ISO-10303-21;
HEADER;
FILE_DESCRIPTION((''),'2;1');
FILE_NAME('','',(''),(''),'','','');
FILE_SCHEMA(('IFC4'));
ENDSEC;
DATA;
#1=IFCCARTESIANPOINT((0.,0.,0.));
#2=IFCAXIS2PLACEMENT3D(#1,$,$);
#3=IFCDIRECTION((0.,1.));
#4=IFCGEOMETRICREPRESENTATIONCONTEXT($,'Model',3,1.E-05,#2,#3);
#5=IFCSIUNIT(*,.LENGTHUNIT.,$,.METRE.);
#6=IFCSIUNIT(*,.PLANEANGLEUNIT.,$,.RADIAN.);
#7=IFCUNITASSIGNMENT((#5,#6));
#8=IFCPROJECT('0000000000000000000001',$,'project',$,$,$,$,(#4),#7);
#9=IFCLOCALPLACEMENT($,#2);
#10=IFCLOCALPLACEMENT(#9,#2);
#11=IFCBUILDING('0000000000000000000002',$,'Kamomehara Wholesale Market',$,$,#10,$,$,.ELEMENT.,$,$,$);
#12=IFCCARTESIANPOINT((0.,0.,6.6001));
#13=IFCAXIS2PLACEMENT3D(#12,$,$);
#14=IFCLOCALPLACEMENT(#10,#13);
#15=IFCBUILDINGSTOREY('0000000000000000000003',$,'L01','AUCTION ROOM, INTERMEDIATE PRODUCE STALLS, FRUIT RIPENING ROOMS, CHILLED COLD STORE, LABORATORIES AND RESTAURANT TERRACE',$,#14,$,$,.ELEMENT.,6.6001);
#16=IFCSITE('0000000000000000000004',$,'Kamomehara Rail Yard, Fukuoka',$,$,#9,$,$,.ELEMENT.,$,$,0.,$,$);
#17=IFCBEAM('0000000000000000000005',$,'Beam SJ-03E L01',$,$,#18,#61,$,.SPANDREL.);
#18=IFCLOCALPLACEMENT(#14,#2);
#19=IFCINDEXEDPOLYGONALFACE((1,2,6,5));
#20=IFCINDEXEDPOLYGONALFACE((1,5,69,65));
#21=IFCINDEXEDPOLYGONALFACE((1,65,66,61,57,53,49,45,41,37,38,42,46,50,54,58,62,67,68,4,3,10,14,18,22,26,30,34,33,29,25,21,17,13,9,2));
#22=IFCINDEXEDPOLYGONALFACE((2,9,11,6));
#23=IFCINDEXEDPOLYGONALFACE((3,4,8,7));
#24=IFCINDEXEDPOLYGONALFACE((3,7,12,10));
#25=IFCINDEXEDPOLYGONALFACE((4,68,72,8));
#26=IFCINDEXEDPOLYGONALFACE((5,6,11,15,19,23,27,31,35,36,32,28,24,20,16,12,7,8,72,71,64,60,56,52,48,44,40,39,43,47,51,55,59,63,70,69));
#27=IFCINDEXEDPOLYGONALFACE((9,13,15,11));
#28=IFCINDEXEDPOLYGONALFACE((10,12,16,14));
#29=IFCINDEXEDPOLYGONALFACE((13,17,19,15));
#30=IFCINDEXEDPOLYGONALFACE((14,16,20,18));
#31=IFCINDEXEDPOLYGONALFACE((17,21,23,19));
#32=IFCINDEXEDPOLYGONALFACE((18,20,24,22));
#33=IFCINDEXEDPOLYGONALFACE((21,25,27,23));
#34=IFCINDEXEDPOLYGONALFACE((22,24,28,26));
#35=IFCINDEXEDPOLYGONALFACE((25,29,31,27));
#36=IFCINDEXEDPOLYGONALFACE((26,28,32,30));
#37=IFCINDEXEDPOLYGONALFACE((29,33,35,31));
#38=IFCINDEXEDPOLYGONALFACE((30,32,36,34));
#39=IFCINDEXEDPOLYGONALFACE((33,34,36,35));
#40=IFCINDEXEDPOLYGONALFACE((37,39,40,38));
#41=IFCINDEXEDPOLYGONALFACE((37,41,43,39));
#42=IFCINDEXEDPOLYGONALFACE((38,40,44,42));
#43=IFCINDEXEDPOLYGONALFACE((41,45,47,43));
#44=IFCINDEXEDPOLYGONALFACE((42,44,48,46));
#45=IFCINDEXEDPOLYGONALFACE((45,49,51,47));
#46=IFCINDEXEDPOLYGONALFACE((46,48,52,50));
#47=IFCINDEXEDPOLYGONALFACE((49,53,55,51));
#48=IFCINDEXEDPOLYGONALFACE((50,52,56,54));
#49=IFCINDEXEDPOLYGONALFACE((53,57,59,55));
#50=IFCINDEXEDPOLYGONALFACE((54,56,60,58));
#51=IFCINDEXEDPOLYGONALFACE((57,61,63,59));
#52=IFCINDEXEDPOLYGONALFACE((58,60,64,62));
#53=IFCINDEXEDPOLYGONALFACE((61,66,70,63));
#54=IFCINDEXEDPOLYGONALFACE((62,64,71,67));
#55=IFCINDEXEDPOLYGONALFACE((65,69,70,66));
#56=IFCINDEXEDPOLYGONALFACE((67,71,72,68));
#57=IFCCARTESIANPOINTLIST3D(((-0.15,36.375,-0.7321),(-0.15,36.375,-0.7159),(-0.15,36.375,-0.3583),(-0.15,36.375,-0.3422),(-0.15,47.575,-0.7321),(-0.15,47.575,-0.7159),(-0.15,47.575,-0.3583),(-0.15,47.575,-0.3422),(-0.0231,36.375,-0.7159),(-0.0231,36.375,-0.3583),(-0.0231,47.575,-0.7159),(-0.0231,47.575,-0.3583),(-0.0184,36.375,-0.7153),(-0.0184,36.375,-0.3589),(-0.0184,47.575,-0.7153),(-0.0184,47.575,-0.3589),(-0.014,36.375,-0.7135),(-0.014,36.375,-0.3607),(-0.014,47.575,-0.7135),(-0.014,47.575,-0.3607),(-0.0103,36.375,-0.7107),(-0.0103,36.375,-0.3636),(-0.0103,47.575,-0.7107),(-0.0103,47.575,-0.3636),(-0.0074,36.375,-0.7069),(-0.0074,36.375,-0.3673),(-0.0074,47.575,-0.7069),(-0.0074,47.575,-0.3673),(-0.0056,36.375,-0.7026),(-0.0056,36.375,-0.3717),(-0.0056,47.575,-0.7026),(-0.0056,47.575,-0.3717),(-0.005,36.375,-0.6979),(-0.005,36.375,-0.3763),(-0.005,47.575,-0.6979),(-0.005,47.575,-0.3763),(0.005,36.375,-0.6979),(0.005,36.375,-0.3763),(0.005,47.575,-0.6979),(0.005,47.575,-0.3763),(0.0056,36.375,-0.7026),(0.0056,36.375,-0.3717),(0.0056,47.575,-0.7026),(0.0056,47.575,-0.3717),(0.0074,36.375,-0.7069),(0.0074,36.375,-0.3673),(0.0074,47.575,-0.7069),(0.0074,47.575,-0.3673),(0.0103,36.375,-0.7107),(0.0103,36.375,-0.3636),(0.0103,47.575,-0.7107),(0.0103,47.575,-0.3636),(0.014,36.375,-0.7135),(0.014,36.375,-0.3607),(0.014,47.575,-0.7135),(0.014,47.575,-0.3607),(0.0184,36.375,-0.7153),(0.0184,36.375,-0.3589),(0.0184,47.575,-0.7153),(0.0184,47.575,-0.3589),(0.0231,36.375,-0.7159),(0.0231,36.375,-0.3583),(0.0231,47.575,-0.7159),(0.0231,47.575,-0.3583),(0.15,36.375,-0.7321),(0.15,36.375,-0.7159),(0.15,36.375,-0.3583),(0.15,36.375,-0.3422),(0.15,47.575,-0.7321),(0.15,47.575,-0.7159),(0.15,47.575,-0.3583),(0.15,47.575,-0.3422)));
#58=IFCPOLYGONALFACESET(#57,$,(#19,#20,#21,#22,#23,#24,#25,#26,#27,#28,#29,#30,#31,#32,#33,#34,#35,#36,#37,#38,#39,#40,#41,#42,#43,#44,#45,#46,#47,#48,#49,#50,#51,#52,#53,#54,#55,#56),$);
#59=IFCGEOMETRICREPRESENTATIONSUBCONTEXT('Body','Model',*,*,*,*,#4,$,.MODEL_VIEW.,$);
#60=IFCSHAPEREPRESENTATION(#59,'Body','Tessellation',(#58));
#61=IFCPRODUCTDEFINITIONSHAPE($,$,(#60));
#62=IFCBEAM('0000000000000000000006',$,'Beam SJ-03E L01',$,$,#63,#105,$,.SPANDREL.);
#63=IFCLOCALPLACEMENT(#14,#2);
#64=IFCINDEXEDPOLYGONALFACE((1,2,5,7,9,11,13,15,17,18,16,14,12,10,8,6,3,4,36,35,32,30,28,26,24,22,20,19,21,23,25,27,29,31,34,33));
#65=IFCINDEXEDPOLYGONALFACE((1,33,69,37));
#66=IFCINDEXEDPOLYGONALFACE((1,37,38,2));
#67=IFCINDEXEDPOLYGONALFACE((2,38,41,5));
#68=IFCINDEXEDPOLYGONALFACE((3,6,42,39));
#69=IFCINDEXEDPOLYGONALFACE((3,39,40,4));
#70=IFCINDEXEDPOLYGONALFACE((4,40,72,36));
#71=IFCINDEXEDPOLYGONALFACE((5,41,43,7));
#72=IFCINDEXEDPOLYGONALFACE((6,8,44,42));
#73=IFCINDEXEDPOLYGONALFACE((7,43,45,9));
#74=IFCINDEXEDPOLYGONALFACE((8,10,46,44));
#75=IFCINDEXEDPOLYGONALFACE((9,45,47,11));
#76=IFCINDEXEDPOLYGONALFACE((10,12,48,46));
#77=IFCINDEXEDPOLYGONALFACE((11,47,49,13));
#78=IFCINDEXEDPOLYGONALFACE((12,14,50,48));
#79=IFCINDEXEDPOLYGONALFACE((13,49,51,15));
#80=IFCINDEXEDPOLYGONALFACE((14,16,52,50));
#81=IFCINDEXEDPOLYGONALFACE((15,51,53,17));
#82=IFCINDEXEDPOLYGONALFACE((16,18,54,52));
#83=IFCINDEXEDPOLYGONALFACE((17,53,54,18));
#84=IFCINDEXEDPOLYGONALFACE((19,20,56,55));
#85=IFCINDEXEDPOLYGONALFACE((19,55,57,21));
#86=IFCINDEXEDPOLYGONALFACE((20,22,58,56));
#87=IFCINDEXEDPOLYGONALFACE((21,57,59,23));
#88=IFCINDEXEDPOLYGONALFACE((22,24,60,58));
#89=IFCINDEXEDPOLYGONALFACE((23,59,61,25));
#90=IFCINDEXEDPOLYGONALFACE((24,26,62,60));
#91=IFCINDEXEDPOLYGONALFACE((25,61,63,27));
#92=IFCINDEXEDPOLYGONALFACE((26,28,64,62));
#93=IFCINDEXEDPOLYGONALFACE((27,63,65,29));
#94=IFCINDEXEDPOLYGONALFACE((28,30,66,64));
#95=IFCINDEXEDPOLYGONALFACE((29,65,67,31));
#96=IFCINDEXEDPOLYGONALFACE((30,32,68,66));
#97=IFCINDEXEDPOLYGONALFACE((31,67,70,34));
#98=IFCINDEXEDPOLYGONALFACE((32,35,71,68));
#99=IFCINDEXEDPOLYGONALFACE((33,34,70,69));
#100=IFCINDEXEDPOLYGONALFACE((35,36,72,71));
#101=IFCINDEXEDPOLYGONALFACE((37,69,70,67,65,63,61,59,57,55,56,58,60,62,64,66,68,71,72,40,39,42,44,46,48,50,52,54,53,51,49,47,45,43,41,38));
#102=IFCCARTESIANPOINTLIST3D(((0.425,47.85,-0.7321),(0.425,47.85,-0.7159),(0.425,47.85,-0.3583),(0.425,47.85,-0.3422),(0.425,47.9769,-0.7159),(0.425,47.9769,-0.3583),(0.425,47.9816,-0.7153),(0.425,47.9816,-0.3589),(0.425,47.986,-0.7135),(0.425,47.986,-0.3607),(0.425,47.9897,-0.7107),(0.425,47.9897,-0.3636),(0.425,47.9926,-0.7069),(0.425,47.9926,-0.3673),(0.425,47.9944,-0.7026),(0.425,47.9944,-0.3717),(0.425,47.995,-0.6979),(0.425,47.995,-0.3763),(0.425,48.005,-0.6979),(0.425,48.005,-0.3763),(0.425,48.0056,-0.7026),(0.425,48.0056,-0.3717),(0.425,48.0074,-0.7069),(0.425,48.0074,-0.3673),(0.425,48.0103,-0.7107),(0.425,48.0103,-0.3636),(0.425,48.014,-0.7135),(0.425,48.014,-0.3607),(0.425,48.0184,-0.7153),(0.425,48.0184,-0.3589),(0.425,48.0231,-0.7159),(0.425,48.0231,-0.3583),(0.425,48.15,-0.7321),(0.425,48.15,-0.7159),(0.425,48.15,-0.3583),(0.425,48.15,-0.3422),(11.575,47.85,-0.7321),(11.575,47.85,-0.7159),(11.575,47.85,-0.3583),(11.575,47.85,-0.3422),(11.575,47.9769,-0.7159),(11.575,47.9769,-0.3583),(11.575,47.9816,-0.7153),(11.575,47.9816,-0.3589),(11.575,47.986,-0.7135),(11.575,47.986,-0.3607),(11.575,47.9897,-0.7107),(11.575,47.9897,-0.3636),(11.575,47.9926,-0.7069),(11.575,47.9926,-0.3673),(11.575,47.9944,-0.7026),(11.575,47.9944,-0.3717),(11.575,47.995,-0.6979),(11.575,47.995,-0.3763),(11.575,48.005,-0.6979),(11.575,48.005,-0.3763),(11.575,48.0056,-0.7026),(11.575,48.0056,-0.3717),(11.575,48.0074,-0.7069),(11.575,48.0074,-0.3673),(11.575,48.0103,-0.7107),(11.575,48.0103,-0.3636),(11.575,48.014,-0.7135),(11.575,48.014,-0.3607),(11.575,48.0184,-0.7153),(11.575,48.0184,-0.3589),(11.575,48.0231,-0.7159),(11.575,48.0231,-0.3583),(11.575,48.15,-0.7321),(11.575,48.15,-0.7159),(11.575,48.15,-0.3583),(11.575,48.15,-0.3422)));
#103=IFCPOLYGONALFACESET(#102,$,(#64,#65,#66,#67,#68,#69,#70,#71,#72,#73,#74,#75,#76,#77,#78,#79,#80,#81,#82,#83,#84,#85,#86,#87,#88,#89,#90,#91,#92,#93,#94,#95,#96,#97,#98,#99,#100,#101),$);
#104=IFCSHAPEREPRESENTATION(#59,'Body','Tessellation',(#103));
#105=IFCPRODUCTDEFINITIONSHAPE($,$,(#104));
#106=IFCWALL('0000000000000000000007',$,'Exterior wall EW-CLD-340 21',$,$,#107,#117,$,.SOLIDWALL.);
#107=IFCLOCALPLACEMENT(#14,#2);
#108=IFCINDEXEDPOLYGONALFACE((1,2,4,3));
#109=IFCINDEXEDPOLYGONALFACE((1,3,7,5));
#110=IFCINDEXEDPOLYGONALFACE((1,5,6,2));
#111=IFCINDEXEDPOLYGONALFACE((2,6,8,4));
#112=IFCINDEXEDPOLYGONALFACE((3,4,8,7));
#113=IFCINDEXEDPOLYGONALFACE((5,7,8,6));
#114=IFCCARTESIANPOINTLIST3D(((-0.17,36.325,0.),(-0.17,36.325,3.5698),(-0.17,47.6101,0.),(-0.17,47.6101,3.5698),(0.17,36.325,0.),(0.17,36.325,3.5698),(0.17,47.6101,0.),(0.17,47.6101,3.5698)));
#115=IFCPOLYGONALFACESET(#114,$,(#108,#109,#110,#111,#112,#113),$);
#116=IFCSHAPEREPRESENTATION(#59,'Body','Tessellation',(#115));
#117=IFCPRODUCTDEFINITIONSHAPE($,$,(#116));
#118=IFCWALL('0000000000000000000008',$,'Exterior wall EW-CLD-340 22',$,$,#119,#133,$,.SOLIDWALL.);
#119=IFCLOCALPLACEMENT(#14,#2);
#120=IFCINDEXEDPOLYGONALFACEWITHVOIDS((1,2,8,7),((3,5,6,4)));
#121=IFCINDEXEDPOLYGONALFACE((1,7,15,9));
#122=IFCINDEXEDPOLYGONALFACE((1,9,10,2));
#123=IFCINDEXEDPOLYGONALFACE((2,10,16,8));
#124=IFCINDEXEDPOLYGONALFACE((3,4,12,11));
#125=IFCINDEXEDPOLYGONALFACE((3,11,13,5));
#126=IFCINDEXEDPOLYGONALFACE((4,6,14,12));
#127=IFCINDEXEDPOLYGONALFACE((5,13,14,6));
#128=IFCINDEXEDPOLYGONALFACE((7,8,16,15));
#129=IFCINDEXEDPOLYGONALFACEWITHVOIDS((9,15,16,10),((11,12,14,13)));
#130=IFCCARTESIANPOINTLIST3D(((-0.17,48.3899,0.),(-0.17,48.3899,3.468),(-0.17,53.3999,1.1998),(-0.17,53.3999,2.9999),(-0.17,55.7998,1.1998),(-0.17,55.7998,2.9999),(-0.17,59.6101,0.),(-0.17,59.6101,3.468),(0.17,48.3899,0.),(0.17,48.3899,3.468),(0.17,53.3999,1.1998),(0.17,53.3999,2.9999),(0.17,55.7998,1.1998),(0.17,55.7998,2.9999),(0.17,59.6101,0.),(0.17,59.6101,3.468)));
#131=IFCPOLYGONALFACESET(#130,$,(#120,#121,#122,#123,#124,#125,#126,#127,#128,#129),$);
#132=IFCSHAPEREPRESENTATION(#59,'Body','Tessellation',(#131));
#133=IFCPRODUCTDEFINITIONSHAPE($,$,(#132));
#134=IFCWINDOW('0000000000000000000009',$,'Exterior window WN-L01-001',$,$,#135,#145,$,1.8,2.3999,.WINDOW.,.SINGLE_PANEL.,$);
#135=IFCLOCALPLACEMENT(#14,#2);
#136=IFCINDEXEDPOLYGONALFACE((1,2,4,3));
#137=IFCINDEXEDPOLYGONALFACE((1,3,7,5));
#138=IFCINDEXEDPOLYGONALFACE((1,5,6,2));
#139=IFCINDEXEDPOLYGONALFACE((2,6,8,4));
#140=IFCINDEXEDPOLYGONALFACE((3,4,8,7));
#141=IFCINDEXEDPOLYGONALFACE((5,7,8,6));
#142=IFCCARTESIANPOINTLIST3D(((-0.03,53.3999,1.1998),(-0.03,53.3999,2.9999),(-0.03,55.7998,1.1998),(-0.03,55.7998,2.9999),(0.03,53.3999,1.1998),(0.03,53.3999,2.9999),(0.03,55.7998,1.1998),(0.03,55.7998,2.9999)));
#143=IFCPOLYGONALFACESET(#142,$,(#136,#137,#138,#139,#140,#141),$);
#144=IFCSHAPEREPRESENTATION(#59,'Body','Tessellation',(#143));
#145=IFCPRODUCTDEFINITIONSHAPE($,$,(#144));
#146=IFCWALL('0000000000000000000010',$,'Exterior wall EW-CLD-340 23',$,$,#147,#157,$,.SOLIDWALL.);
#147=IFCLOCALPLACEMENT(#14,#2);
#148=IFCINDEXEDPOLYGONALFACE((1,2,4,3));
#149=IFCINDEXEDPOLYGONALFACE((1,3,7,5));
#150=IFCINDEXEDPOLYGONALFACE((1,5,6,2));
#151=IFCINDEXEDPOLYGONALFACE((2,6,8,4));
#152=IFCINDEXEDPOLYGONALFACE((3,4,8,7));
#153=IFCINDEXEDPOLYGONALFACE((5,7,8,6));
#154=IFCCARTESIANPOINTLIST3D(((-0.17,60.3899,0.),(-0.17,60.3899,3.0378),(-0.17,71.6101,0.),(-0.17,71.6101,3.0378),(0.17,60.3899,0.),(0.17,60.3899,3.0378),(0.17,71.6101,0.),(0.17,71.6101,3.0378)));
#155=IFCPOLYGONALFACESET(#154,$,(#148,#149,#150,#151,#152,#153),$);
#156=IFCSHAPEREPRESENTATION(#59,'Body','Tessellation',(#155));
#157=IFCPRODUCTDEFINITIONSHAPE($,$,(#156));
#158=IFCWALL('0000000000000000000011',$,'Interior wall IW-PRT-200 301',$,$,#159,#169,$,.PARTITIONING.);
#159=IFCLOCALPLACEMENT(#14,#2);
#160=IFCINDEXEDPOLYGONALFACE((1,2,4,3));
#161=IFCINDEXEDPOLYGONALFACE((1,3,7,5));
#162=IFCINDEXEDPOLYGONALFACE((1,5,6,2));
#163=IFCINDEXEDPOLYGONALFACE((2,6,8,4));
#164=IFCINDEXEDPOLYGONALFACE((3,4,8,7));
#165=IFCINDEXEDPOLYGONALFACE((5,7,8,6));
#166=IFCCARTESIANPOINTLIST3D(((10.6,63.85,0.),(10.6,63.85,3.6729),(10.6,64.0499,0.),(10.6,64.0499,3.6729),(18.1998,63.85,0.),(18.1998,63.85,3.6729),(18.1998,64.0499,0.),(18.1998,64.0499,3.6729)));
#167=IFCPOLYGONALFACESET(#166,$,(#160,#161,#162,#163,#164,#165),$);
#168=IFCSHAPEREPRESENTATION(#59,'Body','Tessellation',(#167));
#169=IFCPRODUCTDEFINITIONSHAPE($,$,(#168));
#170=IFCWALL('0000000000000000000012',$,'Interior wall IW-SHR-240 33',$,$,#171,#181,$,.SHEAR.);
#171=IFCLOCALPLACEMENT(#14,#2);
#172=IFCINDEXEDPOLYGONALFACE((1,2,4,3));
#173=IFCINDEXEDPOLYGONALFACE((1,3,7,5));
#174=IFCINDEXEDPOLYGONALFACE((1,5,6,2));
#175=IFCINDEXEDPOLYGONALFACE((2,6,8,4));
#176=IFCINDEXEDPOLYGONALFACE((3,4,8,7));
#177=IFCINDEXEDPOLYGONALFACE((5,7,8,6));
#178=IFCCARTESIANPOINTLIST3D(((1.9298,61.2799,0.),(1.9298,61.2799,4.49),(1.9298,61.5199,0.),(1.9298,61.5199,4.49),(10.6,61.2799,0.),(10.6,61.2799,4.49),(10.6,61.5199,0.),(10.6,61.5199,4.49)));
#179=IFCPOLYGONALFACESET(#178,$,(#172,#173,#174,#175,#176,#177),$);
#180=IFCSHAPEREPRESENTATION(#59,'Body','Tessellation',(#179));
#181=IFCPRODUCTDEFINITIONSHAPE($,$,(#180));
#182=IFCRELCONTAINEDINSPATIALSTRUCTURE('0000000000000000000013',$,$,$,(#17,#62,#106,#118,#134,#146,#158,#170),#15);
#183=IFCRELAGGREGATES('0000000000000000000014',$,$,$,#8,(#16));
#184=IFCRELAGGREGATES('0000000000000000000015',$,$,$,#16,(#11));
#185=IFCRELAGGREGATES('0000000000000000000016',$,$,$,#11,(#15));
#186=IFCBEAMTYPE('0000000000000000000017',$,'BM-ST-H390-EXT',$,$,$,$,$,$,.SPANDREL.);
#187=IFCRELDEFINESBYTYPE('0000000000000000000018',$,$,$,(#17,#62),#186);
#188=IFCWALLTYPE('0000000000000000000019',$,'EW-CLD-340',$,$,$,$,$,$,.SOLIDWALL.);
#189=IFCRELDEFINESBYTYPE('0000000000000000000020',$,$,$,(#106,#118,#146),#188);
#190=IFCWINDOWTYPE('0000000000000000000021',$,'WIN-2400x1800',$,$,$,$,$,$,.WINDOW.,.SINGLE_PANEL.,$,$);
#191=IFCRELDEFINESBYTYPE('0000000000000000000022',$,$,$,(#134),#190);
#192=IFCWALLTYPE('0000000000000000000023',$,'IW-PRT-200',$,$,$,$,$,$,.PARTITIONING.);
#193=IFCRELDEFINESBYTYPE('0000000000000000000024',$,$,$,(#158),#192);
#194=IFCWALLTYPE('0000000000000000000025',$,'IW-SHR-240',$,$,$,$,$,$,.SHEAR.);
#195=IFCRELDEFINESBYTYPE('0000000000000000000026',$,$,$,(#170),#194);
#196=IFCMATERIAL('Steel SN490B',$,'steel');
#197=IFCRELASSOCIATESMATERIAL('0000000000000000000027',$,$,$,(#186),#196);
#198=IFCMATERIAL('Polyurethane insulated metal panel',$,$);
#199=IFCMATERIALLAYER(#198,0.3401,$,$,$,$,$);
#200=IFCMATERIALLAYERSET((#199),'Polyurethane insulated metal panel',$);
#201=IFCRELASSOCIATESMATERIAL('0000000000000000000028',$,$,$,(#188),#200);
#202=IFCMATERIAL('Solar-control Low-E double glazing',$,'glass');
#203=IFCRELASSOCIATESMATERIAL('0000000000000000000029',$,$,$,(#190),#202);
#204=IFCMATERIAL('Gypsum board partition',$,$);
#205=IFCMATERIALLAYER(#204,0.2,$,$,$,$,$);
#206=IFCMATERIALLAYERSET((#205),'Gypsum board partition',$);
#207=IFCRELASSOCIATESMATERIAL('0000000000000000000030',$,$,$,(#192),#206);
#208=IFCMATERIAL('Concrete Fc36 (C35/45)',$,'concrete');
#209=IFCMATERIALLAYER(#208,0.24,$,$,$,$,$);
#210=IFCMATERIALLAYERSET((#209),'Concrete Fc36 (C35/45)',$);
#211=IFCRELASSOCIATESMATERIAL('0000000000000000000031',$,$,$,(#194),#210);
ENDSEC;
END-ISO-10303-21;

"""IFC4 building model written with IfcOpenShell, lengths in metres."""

from ifc_helpers import new_model, si_unit, direction, frame, frame_2d, origin, origin_2d, place, context, subcontext, project, spatial, rectangle, i_section, extrude, material, layer, layer_set, material_profile, profile_set, type_object, element, fill, save


model = new_model("IFC4")

# Units and contexts
model_context = context("Model", 3, precision=1e-05, world=origin(), true_north=direction((0.0, 1.0)))
body_context = subcontext(model_context, "Body", "Model", "MODEL_VIEW")
ifc_project = project(units=[si_unit("LENGTHUNIT", "METRE"), si_unit("PLANEANGLEUNIT", "RADIAN")], contexts=[model_context])

# Site, building, storey
site_placement = place(None, origin())
site = spatial("IfcSite", under=ifc_project, at=site_placement, Name="Kamomehara Rail Yard, Fukuoka", CompositionType="ELEMENT", RefElevation=0.0)
building_placement = place(site_placement, origin())
building = spatial("IfcBuilding", under=site, at=building_placement, Name="Kamomehara Wholesale Market", CompositionType="ELEMENT")
storey_placement = place(building_placement, frame((0.0, 0.0, 6.6001)))
storey = spatial("IfcBuildingStorey", under=building, at=storey_placement, Name="L01", Description="AUCTION ROOM, INTERMEDIATE PRODUCE STALLS, FRUIT RIPENING ROOMS, CHILLED COLD STORE, LABORATORIES AND RESTAURANT TERRACE", CompositionType="ELEMENT", Elevation=6.6001)

# Beams
ifc_material_1 = material(Name="Steel SN490B", Category="steel")
ifc_material_profile_1 = material_profile(ifc_material_1, i_section(OverallWidth=0.3, OverallDepth=0.3899, WebThickness=0.01, FlangeThickness=0.0161, FilletRadius=0.0181, at=origin_2d()), Name="H-390x300x10x16")
ifc_profile_set_1 = profile_set([ifc_material_profile_1], Name="Steel SN490B")
beam_type_1 = type_object("IfcBeamType", Name="BM-ST-H390-EXT", PredefinedType="SPANDREL", material=ifc_profile_set_1)
beam_1_placement = place(storey_placement, frame((0.0, 36.375, -0.5371), z_axis=(0.0, 1.0, 0.0), x_axis=(-1.0, 0.0, 0.0)))
element("IfcBeam", 1, at=beam_1_placement, inside=storey, type_object=beam_type_1, Name="Beam SJ-03E L01", PredefinedType="SPANDREL", context=body_context, shape_type="SweptSolid", body=[
    extrude(i_section(OverallWidth=0.3, OverallDepth=0.3899, WebThickness=0.01, FlangeThickness=0.0161, FilletRadius=0.0181, at=origin_2d()), origin(), (0.0, 0.0, 1.0), 11.2),
])
beam_2_placement = place(storey_placement, frame((0.425, 48.0, -0.5371), z_axis=(1.0, 0.0, 0.0), x_axis=(0.0, 1.0, 0.0)))
element("IfcBeam", 2, at=beam_2_placement, inside=storey, type_object=beam_type_1, Name="Beam SJ-03E L01", PredefinedType="SPANDREL", context=body_context, shape_type="SweptSolid", body=[
    extrude(i_section(OverallWidth=0.3, OverallDepth=0.3899, WebThickness=0.01, FlangeThickness=0.0161, FilletRadius=0.0181, at=origin_2d()), origin(), (0.0, 0.0, 1.0), 11.1499),
])

# Wall
ifc_material_2 = material(Name="Polyurethane insulated metal panel")
ifc_layer_1 = layer(ifc_material_2, 0.3401)
ifc_layer_set_1 = layer_set([ifc_layer_1], Name="Polyurethane insulated metal panel")
wall_type_1 = type_object("IfcWallType", Name="EW-CLD-340", PredefinedType="SOLIDWALL", material=ifc_layer_set_1)
wall_1_placement = place(storey_placement, frame((0.0, 36.325, 0.0), z_axis=(0.0, 0.0, 1.0), x_axis=(0.0, 1.0, 0.0)))
element("IfcWall", 3, at=wall_1_placement, inside=storey, type_object=wall_type_1, Name="Exterior wall EW-CLD-340 21", PredefinedType="SOLIDWALL", context=body_context, shape_type="SweptSolid", body=[
    extrude(rectangle(XDim=11.2852, YDim=0.3401, at=frame_2d((5.6426, 0.0))), origin(), (0.0, 0.0, 1.0), 3.5698),
])

# Wall, opening, window
wall_2_placement = place(storey_placement, frame((0.0, 48.3899, 0.0), z_axis=(0.0, 0.0, 1.0), x_axis=(0.0, 1.0, 0.0)))
wall_2 = element("IfcWall", 4, at=wall_2_placement, inside=storey, type_object=wall_type_1, Name="Exterior wall EW-CLD-340 22", PredefinedType="SOLIDWALL", context=body_context, shape_type="SweptSolid", body=[
    extrude(rectangle(XDim=11.2202, YDim=0.3401, at=frame_2d((5.6101, 0.0))), origin(), (0.0, 0.0, 1.0), 3.468),
])
opening_1_placement = place(wall_2_placement, frame((5.01, 0.0, 1.2)))
opening_1 = element("IfcOpeningElement", 5, at=opening_1_placement, cuts=wall_2, PredefinedType="OPENING", context=body_context, shape_type="SweptSolid", body=[
    extrude(rectangle(XDim=2.3999, YDim=1.8, at=frame_2d((1.2, 0.8999))), frame((0.0, 0.1851, 0.0), z_axis=(0.0, -1.0, 0.0), x_axis=(1.0, 0.0, 0.0)), (0.0, 0.0, 1.0), 0.3699),
])
ifc_material_3 = material(Name="Solar-control Low-E double glazing", Category="glass")
window_type = type_object("IfcWindowType", Name="WIN-2400x1800", PartitioningType="SINGLE_PANEL", PredefinedType="WINDOW", material=ifc_material_3)
window_placement = place(opening_1_placement, origin())
window = element("IfcWindow", 6, at=window_placement, inside=storey, type_object=window_type, Name="Exterior window WN-L01-001", OverallHeight=1.8, OverallWidth=2.3999, PartitioningType="SINGLE_PANEL", PredefinedType="WINDOW", context=body_context, shape_type="SweptSolid", body=[
    extrude(rectangle(XDim=2.3999, YDim=1.8, at=frame_2d((1.2, 0.8999))), frame((0.0, 0.03, 0.0), z_axis=(0.0, -1.0, 0.0), x_axis=(1.0, 0.0, 0.0)), (0.0, 0.0, 1.0), 0.0601),
])
fill(opening_1, window)

# Walls
wall_3_placement = place(storey_placement, frame((0.0, 60.3899, 0.0), z_axis=(0.0, 0.0, 1.0), x_axis=(0.0, 1.0, 0.0)))
element("IfcWall", 7, at=wall_3_placement, inside=storey, type_object=wall_type_1, Name="Exterior wall EW-CLD-340 23", PredefinedType="SOLIDWALL", context=body_context, shape_type="SweptSolid", body=[
    extrude(rectangle(XDim=11.2202, YDim=0.3401, at=frame_2d((5.6101, 0.0))), origin(), (0.0, 0.0, 1.0), 3.0378),
])
ifc_material_4 = material(Name="Gypsum board partition")
ifc_layer_2 = layer(ifc_material_4, 0.2)
ifc_layer_set_2 = layer_set([ifc_layer_2], Name="Gypsum board partition")
wall_type_2 = type_object("IfcWallType", Name="IW-PRT-200", PredefinedType="PARTITIONING", material=ifc_layer_set_2)
wall_4_placement = place(storey_placement, frame((10.6001, 63.95, 0.0), z_axis=(0.0, 0.0, 1.0), x_axis=(1.0, 0.0, 0.0)))
element("IfcWall", 8, at=wall_4_placement, inside=storey, type_object=wall_type_2, Name="Interior wall IW-PRT-200 301", PredefinedType="PARTITIONING", context=body_context, shape_type="SweptSolid", body=[
    extrude(rectangle(XDim=7.5999, YDim=0.2, at=frame_2d((3.7998, 0.0))), origin(), (0.0, 0.0, 1.0), 3.6729),
])

# Wall
ifc_material_5 = material(Name="Concrete Fc36 (C35/45)", Category="concrete")
ifc_layer_3 = layer(ifc_material_5, 0.24)
ifc_layer_set_3 = layer_set([ifc_layer_3], Name="Concrete Fc36 (C35/45)")
wall_type_3 = type_object("IfcWallType", Name="IW-SHR-240", PredefinedType="SHEAR", material=ifc_layer_set_3)
wall_5_placement = place(storey_placement, frame((1.9299, 61.3999, 0.0), z_axis=(0.0, 0.0, 1.0), x_axis=(1.0, 0.0, 0.0)))
element("IfcWall", 9, at=wall_5_placement, inside=storey, type_object=wall_type_3, Name="Interior wall IW-SHR-240 33", PredefinedType="SHEAR", context=body_context, shape_type="SweptSolid", body=[
    extrude(rectangle(XDim=8.6702, YDim=0.24, at=frame_2d((4.335, 0.0))), origin(), (0.0, 0.0, 1.0), 4.49),
])

save(model, "model.ifc")
